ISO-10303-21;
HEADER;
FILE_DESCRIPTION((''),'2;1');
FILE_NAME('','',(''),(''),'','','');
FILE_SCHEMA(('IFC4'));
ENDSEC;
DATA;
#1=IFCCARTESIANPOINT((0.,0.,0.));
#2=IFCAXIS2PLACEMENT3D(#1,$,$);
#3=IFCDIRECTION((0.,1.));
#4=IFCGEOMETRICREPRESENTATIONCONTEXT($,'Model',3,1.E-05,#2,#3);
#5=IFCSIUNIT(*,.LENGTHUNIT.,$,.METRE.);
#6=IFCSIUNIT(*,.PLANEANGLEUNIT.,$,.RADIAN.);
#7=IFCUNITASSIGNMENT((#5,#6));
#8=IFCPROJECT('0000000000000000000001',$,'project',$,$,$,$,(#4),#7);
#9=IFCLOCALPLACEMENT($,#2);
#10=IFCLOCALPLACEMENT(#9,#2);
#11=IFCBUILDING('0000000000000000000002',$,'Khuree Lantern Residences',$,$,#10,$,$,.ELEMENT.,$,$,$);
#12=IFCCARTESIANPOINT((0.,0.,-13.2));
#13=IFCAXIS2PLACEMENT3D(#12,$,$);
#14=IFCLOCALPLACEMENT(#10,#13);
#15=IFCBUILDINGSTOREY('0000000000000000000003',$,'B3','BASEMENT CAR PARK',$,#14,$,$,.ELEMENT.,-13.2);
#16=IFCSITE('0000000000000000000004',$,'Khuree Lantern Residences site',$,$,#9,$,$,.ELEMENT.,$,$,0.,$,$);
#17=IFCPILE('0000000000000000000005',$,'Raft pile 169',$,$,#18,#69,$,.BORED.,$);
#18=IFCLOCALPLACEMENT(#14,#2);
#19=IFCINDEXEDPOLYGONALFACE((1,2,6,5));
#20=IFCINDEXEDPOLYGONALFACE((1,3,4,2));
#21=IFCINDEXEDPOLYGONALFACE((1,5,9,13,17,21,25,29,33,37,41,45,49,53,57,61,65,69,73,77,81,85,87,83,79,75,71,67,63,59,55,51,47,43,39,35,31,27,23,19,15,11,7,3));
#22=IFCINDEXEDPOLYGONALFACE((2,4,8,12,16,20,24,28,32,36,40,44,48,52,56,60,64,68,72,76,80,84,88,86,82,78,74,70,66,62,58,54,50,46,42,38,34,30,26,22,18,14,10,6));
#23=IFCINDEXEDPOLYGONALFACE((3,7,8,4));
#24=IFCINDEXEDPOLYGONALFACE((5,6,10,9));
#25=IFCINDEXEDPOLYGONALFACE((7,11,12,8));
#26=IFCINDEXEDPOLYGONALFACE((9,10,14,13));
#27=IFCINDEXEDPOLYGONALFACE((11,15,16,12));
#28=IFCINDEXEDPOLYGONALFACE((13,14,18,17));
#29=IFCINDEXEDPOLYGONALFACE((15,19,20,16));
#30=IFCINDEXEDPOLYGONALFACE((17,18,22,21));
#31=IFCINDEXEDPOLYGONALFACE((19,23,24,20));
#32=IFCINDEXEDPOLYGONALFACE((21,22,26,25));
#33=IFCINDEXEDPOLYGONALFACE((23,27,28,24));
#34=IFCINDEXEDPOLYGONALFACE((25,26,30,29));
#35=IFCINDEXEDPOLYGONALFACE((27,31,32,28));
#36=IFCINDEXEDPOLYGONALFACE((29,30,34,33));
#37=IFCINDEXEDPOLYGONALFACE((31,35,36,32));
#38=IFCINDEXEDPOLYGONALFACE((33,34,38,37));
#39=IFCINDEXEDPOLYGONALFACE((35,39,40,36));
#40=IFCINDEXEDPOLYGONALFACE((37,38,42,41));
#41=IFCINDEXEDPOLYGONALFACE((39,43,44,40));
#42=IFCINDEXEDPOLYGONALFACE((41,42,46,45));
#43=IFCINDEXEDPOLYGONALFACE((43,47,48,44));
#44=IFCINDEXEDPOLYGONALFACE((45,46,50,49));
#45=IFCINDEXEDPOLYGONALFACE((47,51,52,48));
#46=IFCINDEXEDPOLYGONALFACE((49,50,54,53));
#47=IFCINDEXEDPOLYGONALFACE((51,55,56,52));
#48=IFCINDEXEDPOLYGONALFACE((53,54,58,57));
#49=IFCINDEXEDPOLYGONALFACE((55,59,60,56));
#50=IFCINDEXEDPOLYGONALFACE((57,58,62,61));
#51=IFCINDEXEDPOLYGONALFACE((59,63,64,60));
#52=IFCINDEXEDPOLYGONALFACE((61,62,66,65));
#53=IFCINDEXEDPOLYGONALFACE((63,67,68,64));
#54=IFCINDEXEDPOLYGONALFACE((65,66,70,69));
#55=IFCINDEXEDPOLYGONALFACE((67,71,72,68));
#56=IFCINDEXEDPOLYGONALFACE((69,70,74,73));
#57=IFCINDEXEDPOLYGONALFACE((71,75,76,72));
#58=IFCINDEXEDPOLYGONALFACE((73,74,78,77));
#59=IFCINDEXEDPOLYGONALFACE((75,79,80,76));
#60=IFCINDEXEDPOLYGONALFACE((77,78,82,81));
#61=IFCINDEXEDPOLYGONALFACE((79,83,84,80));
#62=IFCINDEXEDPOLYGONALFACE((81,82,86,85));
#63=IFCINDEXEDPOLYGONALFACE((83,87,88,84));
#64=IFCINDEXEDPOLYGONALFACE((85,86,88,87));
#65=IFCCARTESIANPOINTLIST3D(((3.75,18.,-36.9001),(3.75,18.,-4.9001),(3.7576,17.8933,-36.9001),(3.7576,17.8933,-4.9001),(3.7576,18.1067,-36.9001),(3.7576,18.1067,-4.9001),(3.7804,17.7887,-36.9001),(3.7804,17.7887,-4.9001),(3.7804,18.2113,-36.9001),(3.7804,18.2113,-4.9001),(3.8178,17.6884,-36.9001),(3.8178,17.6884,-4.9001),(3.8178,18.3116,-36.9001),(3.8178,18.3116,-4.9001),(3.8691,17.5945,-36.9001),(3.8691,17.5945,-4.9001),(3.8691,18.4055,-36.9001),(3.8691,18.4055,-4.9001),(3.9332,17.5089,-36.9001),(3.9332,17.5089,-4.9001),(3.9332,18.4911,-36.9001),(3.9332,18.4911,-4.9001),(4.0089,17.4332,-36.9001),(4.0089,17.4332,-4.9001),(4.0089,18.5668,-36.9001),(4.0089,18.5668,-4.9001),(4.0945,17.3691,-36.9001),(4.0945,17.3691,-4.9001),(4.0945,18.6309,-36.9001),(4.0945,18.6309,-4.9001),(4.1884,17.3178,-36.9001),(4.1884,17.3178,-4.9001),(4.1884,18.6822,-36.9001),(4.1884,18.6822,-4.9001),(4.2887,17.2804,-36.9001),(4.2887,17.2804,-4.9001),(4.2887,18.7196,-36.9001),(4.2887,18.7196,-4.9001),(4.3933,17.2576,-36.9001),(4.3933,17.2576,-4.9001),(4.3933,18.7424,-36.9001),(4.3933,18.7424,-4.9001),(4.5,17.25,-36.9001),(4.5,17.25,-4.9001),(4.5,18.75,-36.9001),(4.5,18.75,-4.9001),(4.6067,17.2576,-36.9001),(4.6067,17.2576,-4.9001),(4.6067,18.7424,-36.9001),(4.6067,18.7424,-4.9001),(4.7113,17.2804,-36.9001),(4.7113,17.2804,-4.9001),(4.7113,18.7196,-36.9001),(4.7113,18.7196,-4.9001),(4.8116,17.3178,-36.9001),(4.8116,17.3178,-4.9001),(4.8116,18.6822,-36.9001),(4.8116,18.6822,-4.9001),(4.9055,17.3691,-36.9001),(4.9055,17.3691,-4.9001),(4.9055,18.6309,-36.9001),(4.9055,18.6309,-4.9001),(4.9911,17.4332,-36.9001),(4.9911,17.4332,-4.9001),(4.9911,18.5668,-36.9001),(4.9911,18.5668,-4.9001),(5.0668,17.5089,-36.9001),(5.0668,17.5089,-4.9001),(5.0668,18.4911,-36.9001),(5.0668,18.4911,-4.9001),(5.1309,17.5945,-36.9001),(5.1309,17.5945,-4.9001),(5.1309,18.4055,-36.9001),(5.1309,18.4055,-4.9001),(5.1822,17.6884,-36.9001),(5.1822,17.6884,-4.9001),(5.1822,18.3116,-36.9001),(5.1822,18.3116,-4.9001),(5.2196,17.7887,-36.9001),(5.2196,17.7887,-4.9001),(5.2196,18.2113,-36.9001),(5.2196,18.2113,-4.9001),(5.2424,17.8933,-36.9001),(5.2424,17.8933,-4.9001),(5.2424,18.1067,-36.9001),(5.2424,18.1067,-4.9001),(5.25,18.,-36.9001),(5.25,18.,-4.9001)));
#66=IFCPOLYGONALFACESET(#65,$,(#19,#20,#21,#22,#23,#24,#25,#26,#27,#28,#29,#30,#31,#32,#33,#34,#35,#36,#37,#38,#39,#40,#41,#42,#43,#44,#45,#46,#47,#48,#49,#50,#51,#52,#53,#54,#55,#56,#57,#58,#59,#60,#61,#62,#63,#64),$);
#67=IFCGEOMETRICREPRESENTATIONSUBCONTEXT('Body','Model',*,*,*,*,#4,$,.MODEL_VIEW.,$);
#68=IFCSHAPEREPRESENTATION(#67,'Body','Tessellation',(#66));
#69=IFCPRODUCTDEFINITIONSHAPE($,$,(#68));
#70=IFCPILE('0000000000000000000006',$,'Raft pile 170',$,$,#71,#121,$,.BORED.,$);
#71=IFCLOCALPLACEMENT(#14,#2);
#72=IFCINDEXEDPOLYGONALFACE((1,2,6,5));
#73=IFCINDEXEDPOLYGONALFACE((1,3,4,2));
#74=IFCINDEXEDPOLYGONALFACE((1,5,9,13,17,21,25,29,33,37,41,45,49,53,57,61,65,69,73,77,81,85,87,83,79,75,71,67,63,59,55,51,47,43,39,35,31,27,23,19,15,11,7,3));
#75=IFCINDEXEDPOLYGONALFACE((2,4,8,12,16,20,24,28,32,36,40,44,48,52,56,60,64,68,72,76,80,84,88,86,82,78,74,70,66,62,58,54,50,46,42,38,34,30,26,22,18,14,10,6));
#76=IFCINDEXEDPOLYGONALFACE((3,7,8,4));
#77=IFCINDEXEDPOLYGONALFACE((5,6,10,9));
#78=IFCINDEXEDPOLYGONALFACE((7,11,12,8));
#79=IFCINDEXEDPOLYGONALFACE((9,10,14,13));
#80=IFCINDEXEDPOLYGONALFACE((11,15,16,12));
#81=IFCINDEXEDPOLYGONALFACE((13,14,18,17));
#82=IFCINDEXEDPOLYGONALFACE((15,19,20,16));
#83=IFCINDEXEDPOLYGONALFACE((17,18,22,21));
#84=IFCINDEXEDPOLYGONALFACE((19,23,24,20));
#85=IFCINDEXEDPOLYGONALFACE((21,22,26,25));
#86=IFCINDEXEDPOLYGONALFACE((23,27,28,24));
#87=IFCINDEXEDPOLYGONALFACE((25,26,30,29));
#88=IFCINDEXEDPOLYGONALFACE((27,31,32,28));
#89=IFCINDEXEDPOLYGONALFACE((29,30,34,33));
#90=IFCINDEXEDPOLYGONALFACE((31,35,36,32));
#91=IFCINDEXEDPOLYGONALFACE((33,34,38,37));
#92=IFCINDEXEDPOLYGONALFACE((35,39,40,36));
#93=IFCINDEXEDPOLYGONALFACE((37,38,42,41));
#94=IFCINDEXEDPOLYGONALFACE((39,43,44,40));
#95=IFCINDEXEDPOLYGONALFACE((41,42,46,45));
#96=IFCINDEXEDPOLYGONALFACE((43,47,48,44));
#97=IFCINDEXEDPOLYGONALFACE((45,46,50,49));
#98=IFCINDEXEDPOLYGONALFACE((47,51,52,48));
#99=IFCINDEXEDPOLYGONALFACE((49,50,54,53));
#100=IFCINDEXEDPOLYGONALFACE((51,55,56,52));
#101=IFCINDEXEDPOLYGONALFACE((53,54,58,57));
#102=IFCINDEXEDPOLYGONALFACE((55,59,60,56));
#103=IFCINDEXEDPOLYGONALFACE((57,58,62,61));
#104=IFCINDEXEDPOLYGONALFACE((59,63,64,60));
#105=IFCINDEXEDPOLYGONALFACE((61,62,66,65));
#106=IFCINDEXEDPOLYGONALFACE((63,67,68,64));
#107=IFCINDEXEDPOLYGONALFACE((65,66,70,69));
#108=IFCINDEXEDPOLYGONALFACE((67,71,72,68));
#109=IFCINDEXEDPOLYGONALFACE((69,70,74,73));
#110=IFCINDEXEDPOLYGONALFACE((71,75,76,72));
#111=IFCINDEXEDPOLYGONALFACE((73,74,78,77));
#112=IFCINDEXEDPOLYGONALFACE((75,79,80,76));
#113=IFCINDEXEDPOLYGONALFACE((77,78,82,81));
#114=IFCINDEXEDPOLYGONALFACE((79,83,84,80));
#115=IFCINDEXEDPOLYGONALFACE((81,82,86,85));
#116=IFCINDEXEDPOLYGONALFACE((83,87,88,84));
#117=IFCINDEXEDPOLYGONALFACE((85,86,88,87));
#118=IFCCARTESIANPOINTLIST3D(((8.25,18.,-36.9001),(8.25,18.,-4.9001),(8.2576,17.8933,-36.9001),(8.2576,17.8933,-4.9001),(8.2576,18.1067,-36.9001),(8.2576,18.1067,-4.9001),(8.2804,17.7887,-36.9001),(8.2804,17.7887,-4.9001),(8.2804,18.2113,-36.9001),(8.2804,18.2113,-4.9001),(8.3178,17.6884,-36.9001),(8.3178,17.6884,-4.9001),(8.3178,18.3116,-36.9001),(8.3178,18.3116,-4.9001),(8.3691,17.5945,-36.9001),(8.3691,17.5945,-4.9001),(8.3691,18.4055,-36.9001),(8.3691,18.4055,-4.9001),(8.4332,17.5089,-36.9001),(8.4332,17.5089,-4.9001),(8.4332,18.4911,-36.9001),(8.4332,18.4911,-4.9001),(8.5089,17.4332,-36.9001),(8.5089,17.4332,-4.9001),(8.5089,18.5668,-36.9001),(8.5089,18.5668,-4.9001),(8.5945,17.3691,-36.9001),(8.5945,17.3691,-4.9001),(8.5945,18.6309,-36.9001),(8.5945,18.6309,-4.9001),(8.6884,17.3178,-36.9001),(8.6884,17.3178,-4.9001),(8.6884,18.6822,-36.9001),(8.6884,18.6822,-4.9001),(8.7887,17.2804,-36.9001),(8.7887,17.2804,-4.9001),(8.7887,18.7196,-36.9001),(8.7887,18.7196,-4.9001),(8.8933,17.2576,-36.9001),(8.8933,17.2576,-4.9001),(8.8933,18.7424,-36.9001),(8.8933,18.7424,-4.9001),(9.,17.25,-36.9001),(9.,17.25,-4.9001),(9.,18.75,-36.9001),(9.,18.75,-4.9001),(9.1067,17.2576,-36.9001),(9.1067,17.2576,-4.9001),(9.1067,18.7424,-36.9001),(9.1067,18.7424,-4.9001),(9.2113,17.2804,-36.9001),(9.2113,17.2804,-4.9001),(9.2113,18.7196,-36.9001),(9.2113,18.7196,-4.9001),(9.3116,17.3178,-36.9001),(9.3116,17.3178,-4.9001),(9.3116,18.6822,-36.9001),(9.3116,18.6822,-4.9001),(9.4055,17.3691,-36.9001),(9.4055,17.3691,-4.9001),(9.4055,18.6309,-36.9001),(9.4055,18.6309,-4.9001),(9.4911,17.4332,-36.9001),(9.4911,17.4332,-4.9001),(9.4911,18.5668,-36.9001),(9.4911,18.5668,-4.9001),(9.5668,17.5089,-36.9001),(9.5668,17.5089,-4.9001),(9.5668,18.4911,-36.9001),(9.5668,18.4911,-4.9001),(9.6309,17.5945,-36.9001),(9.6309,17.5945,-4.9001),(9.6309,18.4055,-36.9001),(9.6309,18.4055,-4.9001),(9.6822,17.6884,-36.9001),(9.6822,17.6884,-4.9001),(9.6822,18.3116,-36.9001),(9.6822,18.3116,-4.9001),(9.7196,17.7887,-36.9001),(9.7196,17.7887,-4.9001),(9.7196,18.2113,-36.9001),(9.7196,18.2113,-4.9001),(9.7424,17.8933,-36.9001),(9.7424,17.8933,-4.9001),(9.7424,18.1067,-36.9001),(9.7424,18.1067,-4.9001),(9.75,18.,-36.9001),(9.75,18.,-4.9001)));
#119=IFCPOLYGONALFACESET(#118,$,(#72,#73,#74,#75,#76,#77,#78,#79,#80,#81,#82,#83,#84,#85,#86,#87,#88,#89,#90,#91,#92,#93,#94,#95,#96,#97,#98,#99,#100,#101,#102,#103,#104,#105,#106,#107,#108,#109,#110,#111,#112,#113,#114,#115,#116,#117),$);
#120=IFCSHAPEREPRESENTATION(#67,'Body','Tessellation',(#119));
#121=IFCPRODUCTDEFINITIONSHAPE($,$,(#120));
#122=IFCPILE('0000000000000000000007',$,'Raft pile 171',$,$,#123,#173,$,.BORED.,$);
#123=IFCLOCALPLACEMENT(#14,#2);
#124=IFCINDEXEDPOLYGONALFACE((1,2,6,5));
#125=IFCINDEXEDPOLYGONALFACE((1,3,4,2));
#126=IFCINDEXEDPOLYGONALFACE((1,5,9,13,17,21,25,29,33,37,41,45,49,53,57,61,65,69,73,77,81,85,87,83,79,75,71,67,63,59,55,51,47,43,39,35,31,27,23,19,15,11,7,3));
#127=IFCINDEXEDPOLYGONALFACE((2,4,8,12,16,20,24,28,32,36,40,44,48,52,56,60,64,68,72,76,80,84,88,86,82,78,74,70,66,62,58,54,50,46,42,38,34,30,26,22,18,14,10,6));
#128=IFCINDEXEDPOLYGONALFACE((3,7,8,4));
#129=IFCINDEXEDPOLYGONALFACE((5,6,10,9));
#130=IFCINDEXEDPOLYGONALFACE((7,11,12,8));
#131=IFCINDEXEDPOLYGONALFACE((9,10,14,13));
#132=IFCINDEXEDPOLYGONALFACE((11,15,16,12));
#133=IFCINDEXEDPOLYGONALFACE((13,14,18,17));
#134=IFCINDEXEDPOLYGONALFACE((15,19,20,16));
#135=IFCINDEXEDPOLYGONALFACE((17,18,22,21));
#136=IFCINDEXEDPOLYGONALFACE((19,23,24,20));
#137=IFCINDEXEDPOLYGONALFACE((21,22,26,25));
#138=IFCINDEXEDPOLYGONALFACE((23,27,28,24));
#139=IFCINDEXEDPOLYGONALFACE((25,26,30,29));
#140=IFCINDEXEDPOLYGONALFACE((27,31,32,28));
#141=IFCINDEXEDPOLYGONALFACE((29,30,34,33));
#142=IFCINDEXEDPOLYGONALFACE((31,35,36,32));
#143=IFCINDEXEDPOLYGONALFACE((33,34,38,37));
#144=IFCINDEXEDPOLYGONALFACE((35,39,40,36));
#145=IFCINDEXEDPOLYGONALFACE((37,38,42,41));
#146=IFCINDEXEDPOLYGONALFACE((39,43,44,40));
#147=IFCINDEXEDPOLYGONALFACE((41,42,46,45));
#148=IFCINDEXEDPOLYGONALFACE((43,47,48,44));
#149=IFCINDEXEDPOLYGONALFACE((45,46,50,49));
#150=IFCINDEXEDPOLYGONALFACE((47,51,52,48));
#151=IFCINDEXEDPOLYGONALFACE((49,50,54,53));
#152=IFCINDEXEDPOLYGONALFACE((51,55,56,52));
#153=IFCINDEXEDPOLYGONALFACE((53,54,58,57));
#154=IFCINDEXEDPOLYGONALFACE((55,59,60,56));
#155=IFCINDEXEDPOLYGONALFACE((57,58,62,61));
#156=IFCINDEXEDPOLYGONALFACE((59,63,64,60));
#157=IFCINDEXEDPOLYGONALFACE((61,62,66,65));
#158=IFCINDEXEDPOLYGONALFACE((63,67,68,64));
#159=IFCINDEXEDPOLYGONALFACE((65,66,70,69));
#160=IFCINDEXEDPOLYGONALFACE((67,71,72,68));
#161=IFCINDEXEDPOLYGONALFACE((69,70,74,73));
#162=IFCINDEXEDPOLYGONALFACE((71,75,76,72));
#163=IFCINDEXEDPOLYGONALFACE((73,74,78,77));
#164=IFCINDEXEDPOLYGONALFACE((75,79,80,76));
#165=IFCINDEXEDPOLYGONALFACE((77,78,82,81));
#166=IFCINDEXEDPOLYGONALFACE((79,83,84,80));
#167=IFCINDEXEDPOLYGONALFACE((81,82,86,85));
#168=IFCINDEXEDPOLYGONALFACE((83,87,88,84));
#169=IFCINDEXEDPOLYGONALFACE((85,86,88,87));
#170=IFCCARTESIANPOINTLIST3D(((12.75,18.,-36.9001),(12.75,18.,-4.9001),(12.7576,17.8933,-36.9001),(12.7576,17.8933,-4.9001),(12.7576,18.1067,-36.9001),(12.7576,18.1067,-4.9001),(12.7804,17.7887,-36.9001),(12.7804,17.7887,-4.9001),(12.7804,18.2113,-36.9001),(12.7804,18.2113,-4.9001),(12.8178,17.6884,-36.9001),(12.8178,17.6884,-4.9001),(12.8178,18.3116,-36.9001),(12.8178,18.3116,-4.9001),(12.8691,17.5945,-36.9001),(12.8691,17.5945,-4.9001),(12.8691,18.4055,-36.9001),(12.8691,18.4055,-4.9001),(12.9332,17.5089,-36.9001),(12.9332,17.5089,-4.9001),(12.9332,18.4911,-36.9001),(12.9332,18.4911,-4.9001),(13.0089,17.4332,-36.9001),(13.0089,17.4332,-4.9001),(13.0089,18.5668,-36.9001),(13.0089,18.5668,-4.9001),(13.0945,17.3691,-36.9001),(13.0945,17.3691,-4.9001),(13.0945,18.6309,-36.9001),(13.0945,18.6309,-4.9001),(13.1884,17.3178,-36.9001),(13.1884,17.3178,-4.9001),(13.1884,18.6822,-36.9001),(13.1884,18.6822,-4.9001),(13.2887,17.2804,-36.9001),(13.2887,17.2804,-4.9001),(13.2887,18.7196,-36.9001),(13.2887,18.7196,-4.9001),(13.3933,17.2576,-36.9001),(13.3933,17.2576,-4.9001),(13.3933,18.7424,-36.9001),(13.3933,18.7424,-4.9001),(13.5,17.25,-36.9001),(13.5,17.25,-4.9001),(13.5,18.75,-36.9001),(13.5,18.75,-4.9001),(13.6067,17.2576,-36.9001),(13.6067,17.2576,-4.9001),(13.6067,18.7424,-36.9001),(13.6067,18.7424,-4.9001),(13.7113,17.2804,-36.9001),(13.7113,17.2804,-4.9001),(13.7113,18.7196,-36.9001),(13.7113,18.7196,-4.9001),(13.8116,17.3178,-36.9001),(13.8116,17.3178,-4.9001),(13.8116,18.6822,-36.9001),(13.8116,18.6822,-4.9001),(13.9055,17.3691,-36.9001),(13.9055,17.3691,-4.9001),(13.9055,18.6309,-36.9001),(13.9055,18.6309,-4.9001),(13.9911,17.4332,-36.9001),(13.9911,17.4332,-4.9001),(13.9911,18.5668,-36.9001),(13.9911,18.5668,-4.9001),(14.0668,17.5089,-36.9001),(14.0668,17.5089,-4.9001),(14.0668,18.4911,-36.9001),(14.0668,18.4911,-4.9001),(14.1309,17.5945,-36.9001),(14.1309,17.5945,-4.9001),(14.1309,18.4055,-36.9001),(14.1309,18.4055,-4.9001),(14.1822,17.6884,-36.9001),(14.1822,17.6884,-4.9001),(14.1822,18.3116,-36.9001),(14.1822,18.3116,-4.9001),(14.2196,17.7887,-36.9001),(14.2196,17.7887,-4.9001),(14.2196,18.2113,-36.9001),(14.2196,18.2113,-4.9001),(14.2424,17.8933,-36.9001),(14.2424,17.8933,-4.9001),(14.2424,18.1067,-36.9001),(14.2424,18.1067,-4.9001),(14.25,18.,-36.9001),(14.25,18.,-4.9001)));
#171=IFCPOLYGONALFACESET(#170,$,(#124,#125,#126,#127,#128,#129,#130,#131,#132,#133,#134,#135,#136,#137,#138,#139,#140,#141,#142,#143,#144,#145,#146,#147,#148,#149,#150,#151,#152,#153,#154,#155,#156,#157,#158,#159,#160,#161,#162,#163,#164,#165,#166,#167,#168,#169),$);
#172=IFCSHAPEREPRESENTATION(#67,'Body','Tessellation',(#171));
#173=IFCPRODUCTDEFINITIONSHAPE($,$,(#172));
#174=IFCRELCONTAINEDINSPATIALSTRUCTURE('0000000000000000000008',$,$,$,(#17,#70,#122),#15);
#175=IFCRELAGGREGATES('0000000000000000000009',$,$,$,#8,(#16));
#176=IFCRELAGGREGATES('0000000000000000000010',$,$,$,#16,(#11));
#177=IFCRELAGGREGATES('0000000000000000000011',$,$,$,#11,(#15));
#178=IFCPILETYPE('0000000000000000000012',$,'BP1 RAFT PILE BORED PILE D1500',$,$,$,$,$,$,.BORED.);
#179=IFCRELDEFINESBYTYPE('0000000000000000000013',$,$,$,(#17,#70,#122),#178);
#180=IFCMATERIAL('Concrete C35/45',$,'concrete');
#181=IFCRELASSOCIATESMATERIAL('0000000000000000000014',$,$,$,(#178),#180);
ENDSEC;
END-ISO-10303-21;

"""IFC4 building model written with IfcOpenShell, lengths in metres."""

from ifc_helpers import new_model, si_unit, direction, frame, origin, origin_2d, place, context, subcontext, project, spatial, circle, extrude, material, material_profile, profile_set, type_object, element, save


model = new_model("IFC4")

# Units and contexts
model_context = context("Model", 3, precision=1e-05, world=origin(), true_north=direction((0.0, 1.0)))
body_context = subcontext(model_context, "Body", "Model", "MODEL_VIEW")
ifc_project = project(units=[si_unit("LENGTHUNIT", "METRE"), si_unit("PLANEANGLEUNIT", "RADIAN")], contexts=[model_context])

# Site, building, storey
site_placement = place(None, origin())
site = spatial("IfcSite", under=ifc_project, at=site_placement, Name="Khuree Lantern Residences site", CompositionType="ELEMENT", RefElevation=0.0)
building_placement = place(site_placement, origin())
building = spatial("IfcBuilding", under=site, at=building_placement, Name="Khuree Lantern Residences", CompositionType="ELEMENT")
storey_placement = place(building_placement, frame((0.0, 0.0, -13.2)))
storey = spatial("IfcBuildingStorey", under=building, at=storey_placement, Name="B3", Description="BASEMENT CAR PARK", CompositionType="ELEMENT", Elevation=-13.2)

# Piles
ifc_material_1 = material(Name="Concrete C35/45", Category="concrete")
ifc_material_profile_1 = material_profile(ifc_material_1, circle(Radius=0.75, at=origin_2d()), Name="BORED PILE D1500")
ifc_profile_set_1 = profile_set([ifc_material_profile_1], Name="Concrete C35/45")
pile_type = type_object("IfcPileType", Name="BP1 RAFT PILE BORED PILE D1500", PredefinedType="BORED", material=ifc_profile_set_1)
for number, where, z_axis, x_axis, name in (
    (1, (4.5, 18.0, -4.9001), (0.0, 0.0, -1.0), (1.0, 0.0, 0.0), "Raft pile 169"),
    (2, (9.0, 18.0, -4.9001), (0.0, 0.0, -1.0), (1.0, 0.0, 0.0), "Raft pile 170"),
    (3, (13.5, 18.0, -4.9001), (0.0, 0.0, -1.0), (1.0, 0.0, 0.0), "Raft pile 171"),
):
    element("IfcPile", number, at=place(storey_placement, frame(where, z_axis=z_axis, x_axis=x_axis)), inside=storey, type_object=pile_type, Name=name, PredefinedType="BORED", context=body_context, shape_type="SweptSolid", body=[
        extrude(circle(Radius=0.75, at=origin_2d()), origin(), (0.0, 0.0, 1.0), 32.0),
    ])

save(model, "model.ifc")
